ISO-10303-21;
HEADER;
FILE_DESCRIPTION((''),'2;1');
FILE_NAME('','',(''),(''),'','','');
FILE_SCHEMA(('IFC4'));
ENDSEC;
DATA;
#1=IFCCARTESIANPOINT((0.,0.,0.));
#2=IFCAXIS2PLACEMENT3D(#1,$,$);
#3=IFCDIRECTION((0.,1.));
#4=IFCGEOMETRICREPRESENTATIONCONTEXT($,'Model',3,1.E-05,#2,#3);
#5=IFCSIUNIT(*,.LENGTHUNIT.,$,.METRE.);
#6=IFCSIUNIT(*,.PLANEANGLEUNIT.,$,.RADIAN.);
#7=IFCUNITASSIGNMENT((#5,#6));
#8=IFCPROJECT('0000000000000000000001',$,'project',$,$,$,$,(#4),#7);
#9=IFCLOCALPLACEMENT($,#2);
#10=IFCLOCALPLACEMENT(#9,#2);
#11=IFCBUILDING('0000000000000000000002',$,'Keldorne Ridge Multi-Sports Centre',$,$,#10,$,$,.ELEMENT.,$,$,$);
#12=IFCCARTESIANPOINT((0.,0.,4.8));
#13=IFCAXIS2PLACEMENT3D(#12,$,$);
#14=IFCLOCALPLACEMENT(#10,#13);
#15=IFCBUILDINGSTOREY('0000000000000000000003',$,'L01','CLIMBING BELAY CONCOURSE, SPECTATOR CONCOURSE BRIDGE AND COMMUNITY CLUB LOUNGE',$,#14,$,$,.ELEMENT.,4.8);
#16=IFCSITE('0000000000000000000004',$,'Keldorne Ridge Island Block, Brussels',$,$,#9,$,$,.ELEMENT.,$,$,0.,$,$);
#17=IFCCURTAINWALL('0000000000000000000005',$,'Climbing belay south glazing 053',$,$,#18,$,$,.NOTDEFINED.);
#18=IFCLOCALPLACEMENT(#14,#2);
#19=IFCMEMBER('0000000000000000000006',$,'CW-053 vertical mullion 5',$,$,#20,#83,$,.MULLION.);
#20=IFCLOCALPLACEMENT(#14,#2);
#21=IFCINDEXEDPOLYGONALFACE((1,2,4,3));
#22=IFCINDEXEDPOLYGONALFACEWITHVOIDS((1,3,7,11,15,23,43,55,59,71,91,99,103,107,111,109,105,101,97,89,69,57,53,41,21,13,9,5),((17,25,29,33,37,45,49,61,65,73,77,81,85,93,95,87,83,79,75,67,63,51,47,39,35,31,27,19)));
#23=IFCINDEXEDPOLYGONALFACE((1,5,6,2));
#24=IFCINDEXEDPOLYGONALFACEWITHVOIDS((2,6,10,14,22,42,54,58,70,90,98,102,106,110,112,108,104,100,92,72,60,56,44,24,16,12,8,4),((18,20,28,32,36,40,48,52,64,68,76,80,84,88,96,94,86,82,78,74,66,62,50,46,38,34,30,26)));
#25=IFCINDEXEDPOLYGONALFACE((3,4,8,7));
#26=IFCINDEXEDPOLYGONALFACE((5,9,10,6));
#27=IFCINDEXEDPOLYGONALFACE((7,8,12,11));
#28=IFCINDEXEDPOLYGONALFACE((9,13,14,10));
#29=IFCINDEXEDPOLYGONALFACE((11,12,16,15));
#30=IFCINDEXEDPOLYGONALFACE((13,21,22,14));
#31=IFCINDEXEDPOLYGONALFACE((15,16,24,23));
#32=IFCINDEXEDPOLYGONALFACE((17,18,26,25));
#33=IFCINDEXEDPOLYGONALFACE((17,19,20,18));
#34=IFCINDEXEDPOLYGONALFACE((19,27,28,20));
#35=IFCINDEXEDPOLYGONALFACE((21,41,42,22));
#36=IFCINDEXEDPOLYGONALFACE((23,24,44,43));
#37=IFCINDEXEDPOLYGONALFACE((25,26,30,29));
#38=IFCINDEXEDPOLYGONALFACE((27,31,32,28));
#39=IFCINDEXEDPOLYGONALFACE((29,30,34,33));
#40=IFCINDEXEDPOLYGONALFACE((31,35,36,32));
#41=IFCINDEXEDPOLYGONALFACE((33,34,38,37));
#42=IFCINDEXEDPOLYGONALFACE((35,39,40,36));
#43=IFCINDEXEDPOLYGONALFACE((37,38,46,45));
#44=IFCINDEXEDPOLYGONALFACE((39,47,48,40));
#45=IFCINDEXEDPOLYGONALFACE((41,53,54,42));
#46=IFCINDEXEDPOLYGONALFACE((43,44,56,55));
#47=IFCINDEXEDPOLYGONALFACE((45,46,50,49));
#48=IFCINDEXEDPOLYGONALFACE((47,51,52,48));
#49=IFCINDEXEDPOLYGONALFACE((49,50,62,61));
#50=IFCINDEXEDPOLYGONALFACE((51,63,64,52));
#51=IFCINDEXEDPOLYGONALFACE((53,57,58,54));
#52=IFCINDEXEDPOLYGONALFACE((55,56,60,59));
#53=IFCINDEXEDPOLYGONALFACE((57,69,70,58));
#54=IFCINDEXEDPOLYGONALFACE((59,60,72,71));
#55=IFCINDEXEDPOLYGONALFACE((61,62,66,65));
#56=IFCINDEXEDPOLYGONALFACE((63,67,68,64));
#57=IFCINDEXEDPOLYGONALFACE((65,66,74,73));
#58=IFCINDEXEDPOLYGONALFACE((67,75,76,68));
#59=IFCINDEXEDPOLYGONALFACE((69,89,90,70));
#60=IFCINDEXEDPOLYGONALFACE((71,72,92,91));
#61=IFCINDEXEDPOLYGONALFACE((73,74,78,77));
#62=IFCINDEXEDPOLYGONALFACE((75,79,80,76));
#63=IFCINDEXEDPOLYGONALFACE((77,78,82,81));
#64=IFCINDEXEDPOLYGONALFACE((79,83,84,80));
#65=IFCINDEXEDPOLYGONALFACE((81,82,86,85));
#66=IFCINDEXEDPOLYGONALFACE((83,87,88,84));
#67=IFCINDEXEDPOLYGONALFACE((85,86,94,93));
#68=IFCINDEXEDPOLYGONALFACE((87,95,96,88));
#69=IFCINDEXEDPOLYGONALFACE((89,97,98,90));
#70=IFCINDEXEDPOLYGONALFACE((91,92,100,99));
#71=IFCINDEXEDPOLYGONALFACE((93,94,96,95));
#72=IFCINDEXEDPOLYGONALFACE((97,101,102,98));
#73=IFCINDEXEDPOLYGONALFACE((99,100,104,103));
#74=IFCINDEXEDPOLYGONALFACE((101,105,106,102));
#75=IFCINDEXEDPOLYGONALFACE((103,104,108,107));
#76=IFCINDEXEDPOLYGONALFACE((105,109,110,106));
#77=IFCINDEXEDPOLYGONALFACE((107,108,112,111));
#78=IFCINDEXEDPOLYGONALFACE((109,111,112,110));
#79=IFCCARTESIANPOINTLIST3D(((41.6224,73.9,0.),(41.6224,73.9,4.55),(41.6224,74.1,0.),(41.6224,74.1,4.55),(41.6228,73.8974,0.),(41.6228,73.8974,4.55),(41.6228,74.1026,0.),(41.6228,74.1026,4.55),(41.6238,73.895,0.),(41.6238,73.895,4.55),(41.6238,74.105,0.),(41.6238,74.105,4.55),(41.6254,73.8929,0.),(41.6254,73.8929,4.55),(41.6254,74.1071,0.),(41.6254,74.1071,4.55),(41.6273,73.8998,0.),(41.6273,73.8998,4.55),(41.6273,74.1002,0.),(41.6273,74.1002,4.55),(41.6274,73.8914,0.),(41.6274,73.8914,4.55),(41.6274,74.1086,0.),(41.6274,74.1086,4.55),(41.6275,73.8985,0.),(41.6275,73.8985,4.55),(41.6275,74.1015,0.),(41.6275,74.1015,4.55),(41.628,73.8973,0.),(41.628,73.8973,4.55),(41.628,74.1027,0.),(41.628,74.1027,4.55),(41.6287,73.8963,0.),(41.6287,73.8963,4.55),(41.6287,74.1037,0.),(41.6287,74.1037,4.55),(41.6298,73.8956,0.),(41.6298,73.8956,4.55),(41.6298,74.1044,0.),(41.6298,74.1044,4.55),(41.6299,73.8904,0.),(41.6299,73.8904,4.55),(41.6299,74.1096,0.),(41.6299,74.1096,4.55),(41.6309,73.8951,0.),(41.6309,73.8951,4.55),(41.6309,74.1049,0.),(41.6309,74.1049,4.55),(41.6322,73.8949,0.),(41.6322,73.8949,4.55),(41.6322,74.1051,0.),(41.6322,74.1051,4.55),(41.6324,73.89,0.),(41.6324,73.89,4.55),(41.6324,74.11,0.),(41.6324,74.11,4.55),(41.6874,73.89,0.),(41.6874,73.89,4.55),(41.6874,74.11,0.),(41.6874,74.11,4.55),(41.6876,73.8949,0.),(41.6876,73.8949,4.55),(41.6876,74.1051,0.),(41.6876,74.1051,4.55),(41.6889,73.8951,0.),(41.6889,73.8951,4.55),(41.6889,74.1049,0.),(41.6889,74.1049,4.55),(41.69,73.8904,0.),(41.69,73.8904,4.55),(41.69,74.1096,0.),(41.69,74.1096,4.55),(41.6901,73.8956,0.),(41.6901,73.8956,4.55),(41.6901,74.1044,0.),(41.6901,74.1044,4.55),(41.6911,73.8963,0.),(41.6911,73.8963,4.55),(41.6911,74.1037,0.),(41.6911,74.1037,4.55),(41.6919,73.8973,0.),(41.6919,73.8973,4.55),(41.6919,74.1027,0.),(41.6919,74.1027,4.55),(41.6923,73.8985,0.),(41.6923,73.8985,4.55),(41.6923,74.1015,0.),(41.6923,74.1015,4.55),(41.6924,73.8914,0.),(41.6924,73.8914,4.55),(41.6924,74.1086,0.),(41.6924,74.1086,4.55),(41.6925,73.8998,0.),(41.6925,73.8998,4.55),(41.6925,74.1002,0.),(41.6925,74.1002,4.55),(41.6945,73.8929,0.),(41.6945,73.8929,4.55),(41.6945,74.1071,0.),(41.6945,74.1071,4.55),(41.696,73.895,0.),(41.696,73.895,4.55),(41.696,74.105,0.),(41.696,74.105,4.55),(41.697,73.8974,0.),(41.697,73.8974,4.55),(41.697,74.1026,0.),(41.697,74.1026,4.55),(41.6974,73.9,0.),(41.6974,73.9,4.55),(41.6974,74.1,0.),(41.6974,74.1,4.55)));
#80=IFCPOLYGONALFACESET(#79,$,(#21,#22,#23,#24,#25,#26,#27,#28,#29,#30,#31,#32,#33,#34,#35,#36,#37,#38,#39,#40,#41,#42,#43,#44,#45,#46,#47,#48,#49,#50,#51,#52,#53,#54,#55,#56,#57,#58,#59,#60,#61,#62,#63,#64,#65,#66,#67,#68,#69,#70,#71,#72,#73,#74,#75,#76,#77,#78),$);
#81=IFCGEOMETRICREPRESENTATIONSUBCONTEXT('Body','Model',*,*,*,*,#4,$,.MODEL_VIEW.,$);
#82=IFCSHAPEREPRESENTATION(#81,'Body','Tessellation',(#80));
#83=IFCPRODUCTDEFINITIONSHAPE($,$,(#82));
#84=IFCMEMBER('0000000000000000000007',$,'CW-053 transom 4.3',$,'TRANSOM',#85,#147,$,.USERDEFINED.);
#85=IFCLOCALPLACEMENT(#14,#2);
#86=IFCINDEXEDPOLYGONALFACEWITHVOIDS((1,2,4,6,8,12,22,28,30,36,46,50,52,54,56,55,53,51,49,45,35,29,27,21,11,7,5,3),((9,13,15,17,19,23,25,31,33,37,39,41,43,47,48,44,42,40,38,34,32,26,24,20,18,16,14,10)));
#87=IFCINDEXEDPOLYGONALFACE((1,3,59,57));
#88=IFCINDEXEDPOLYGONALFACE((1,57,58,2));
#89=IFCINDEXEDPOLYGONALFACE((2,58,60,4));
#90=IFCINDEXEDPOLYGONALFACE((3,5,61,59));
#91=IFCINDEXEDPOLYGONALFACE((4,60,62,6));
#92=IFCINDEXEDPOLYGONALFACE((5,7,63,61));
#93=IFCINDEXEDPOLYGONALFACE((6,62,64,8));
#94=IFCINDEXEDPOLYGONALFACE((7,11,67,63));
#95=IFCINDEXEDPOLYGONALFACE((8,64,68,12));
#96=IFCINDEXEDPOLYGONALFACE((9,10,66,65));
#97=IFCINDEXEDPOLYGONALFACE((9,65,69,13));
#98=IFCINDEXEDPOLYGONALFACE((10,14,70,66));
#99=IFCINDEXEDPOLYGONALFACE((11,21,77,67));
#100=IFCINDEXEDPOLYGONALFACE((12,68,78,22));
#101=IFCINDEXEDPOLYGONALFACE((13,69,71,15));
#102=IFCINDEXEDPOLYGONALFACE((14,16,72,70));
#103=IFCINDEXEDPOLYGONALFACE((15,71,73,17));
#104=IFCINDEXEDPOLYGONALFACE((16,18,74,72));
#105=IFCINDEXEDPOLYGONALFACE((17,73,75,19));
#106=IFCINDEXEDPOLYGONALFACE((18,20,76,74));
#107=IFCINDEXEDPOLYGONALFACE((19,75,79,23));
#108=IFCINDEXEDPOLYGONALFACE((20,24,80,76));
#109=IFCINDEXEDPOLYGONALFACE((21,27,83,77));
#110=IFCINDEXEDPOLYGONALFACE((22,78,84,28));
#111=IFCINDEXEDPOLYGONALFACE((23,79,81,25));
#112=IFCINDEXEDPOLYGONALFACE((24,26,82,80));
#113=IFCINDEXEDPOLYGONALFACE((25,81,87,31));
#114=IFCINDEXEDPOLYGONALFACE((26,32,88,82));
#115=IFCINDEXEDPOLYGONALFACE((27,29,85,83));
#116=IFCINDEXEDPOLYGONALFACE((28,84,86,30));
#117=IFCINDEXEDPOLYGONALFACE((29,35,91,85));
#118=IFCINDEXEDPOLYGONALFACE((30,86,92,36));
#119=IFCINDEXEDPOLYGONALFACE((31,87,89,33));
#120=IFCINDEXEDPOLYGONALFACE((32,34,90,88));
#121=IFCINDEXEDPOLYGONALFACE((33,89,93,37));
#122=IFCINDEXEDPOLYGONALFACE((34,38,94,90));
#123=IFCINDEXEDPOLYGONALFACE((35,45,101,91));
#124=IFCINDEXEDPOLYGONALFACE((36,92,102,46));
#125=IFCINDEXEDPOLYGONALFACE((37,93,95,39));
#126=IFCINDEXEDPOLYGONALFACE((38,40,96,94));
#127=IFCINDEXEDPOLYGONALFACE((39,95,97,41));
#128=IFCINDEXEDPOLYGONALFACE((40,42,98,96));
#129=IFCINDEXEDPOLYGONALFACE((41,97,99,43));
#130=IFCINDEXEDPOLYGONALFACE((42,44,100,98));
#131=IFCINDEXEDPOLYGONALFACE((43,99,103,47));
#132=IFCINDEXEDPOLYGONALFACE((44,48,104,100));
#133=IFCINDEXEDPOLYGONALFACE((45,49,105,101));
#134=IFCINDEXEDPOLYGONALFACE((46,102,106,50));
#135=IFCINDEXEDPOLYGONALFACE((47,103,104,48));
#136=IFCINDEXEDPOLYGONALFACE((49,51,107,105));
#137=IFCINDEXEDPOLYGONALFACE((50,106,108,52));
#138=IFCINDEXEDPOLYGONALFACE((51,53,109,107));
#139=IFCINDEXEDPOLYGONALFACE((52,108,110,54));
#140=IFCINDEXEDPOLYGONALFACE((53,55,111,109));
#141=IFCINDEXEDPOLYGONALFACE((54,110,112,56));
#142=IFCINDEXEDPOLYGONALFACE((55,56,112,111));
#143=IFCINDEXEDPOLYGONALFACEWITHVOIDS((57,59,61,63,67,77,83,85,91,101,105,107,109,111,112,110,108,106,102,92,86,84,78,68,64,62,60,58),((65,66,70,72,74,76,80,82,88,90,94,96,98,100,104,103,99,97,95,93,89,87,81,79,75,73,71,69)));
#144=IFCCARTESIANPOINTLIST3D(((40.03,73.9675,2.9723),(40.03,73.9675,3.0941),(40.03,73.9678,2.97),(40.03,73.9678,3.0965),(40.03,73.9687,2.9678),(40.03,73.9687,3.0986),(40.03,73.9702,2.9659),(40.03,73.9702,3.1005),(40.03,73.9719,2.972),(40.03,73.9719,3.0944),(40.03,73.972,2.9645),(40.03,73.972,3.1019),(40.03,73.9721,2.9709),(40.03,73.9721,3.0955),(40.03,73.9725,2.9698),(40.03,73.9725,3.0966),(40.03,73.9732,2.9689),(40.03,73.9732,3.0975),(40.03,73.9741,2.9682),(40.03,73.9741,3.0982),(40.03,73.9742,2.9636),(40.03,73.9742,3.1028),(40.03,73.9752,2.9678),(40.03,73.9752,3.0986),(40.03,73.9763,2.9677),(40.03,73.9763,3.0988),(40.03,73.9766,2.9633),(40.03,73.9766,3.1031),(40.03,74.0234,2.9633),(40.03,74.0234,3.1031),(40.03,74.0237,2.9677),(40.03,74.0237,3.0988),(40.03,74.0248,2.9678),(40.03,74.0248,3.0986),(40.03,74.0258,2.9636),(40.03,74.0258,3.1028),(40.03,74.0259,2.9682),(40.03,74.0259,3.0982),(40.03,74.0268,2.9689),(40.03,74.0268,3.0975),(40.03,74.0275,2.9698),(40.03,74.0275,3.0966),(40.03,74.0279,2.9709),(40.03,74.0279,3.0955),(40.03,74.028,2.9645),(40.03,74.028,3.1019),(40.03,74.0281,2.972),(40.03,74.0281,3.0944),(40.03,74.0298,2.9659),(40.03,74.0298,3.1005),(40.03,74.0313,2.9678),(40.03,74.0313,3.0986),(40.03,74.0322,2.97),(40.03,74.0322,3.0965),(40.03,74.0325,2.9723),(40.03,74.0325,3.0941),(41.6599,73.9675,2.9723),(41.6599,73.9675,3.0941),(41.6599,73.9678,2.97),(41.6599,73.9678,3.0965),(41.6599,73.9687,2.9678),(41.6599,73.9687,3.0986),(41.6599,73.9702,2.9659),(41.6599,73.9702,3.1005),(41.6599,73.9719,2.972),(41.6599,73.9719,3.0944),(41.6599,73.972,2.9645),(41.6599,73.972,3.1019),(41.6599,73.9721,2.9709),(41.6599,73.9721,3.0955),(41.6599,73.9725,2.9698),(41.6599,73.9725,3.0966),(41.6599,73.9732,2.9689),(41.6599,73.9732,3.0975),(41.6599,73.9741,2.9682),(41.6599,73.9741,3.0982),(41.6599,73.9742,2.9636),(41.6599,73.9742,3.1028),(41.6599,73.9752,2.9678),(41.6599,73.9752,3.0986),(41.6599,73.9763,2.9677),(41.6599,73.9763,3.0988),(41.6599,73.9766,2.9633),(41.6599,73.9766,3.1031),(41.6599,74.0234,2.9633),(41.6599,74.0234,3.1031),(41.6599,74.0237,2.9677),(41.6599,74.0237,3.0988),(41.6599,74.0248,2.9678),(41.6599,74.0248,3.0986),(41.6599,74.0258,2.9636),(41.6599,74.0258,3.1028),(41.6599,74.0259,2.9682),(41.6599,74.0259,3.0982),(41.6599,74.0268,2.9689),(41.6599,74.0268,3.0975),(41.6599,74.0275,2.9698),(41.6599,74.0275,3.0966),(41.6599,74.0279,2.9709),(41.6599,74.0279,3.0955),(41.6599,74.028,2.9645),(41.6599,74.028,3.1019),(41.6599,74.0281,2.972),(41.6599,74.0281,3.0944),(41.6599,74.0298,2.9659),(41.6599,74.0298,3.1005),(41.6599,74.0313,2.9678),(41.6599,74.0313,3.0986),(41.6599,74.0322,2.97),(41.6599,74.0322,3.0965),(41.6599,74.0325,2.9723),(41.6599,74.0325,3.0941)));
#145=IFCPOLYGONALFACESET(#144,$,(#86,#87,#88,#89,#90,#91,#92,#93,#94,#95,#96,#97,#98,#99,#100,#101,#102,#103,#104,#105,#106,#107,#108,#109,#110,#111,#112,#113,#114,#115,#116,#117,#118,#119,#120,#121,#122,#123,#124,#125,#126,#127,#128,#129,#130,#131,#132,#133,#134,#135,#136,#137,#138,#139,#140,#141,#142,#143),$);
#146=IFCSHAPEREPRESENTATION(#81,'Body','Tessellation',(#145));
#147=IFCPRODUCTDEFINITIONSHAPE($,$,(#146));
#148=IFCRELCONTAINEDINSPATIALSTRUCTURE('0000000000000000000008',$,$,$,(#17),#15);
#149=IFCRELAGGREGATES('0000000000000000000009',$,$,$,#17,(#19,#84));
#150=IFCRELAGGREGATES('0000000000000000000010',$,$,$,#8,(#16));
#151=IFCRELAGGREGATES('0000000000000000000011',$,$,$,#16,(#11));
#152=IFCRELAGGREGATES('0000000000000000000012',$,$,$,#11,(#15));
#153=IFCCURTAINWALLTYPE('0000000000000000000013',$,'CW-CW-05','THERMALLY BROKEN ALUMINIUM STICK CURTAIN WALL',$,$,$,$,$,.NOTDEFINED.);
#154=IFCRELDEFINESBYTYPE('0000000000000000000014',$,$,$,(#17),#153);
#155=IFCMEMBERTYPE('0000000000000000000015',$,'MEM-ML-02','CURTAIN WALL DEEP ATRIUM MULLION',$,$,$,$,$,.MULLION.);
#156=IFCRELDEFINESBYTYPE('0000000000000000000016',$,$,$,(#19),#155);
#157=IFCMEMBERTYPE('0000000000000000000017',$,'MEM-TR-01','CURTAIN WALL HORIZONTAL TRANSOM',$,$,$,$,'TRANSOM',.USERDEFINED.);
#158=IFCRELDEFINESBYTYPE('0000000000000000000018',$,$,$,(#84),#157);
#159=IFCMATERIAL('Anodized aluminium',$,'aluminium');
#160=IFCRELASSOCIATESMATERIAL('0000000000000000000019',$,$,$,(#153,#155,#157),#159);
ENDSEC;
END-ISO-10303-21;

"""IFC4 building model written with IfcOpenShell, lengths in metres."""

from ifc_helpers import new_model, si_unit, direction, frame, origin, origin_2d, place, context, subcontext, project, spatial, hollow_rectangle, extrude, material, material_profile, profile_set, type_object, element, aggregate, save


model = new_model("IFC4")

# Units and contexts
model_context = context("Model", 3, precision=1e-05, world=origin(), true_north=direction((0.0, 1.0)))
body_context = subcontext(model_context, "Body", "Model", "MODEL_VIEW")
ifc_project = project(units=[si_unit("LENGTHUNIT", "METRE"), si_unit("PLANEANGLEUNIT", "RADIAN")], contexts=[model_context])

# Site, building, storey
site_placement = place(None, origin())
site = spatial("IfcSite", under=ifc_project, at=site_placement, Name="Keldorne Ridge Island Block, Brussels", CompositionType="ELEMENT", RefElevation=0.0)
building_placement = place(site_placement, origin())
building = spatial("IfcBuilding", under=site, at=building_placement, Name="Keldorne Ridge Multi-Sports Centre", CompositionType="ELEMENT")
storey_placement = place(building_placement, frame((0.0, 0.0, 4.8)))
storey = spatial("IfcBuildingStorey", under=building, at=storey_placement, Name="L01", Description="CLIMBING BELAY CONCOURSE, SPECTATOR CONCOURSE BRIDGE AND COMMUNITY CLUB LOUNGE", CompositionType="ELEMENT", Elevation=4.8)

# Curtain wall, members
ifc_material_1 = material(Name="Anodized aluminium", Category="aluminium")
curtain_wall_type_1 = type_object("IfcCurtainWallType", Name="CW-CW-05", Description="THERMALLY BROKEN ALUMINIUM STICK CURTAIN WALL", PredefinedType="NOTDEFINED", material=ifc_material_1)
curtain_wall_1_placement = place(storey_placement, origin())
curtain_wall_1 = element("IfcCurtainWall", 1, at=curtain_wall_1_placement, inside=storey, type_object=curtain_wall_type_1, Name="Climbing belay south glazing 053", PredefinedType="NOTDEFINED")
ifc_material_profile_1 = material_profile(ifc_material_1, hollow_rectangle(XDim=0.075, YDim=0.22, WallThickness=0.0049, InnerFilletRadius=0.0049, OuterFilletRadius=0.01, at=origin_2d()), Name="ALU MULLION 220x75x5")
ifc_profile_set_1 = profile_set([ifc_material_profile_1], Name="Anodized aluminium")
member_type_1 = type_object("IfcMemberType", Name="MEM-ML-02", Description="CURTAIN WALL DEEP ATRIUM MULLION", PredefinedType="MULLION", material=ifc_profile_set_1)
member_1_placement = place(storey_placement, frame((41.6599, 74.0, 0.0), z_axis=(0.0, 0.0, 1.0), x_axis=(1.0, 0.0, 0.0)))
member_1 = element("IfcMember", 2, at=member_1_placement, type_object=member_type_1, Name="CW-053 vertical mullion 5", PredefinedType="MULLION", context=body_context, shape_type="SweptSolid", body=[
    extrude(hollow_rectangle(XDim=0.075, YDim=0.22, WallThickness=0.0049, InnerFilletRadius=0.0049, OuterFilletRadius=0.01, at=origin_2d()), origin(), (0.0, 0.0, 1.0), 4.55),
])
ifc_material_profile_2 = material_profile(ifc_material_1, hollow_rectangle(XDim=0.0649, YDim=0.1399, WallThickness=0.0044, InnerFilletRadius=0.0044, OuterFilletRadius=0.009, at=origin_2d()), Name="ALU TRANSOM 140x65x4.5")
ifc_profile_set_2 = profile_set([ifc_material_profile_2], Name="Anodized aluminium")
member_type_2 = type_object("IfcMemberType", Name="MEM-TR-01", Description="CURTAIN WALL HORIZONTAL TRANSOM", ElementType="TRANSOM", PredefinedType="USERDEFINED", material=ifc_profile_set_2)
member_2_placement = place(storey_placement, frame((40.03, 74.0, 3.0332), z_axis=(1.0, 0.0, 0.0), x_axis=(0.0, 1.0, 0.0)))
member_2 = element("IfcMember", 3, at=member_2_placement, type_object=member_type_2, Name="CW-053 transom 4.3", ObjectType="TRANSOM", PredefinedType="USERDEFINED", context=body_context, shape_type="SweptSolid", body=[
    extrude(hollow_rectangle(XDim=0.0649, YDim=0.1399, WallThickness=0.0044, InnerFilletRadius=0.0044, OuterFilletRadius=0.009, at=origin_2d()), origin(), (0.0, 0.0, 1.0), 1.6299),
])

aggregate(curtain_wall_1, [member_1, member_2])

save(model, "model.ifc")
